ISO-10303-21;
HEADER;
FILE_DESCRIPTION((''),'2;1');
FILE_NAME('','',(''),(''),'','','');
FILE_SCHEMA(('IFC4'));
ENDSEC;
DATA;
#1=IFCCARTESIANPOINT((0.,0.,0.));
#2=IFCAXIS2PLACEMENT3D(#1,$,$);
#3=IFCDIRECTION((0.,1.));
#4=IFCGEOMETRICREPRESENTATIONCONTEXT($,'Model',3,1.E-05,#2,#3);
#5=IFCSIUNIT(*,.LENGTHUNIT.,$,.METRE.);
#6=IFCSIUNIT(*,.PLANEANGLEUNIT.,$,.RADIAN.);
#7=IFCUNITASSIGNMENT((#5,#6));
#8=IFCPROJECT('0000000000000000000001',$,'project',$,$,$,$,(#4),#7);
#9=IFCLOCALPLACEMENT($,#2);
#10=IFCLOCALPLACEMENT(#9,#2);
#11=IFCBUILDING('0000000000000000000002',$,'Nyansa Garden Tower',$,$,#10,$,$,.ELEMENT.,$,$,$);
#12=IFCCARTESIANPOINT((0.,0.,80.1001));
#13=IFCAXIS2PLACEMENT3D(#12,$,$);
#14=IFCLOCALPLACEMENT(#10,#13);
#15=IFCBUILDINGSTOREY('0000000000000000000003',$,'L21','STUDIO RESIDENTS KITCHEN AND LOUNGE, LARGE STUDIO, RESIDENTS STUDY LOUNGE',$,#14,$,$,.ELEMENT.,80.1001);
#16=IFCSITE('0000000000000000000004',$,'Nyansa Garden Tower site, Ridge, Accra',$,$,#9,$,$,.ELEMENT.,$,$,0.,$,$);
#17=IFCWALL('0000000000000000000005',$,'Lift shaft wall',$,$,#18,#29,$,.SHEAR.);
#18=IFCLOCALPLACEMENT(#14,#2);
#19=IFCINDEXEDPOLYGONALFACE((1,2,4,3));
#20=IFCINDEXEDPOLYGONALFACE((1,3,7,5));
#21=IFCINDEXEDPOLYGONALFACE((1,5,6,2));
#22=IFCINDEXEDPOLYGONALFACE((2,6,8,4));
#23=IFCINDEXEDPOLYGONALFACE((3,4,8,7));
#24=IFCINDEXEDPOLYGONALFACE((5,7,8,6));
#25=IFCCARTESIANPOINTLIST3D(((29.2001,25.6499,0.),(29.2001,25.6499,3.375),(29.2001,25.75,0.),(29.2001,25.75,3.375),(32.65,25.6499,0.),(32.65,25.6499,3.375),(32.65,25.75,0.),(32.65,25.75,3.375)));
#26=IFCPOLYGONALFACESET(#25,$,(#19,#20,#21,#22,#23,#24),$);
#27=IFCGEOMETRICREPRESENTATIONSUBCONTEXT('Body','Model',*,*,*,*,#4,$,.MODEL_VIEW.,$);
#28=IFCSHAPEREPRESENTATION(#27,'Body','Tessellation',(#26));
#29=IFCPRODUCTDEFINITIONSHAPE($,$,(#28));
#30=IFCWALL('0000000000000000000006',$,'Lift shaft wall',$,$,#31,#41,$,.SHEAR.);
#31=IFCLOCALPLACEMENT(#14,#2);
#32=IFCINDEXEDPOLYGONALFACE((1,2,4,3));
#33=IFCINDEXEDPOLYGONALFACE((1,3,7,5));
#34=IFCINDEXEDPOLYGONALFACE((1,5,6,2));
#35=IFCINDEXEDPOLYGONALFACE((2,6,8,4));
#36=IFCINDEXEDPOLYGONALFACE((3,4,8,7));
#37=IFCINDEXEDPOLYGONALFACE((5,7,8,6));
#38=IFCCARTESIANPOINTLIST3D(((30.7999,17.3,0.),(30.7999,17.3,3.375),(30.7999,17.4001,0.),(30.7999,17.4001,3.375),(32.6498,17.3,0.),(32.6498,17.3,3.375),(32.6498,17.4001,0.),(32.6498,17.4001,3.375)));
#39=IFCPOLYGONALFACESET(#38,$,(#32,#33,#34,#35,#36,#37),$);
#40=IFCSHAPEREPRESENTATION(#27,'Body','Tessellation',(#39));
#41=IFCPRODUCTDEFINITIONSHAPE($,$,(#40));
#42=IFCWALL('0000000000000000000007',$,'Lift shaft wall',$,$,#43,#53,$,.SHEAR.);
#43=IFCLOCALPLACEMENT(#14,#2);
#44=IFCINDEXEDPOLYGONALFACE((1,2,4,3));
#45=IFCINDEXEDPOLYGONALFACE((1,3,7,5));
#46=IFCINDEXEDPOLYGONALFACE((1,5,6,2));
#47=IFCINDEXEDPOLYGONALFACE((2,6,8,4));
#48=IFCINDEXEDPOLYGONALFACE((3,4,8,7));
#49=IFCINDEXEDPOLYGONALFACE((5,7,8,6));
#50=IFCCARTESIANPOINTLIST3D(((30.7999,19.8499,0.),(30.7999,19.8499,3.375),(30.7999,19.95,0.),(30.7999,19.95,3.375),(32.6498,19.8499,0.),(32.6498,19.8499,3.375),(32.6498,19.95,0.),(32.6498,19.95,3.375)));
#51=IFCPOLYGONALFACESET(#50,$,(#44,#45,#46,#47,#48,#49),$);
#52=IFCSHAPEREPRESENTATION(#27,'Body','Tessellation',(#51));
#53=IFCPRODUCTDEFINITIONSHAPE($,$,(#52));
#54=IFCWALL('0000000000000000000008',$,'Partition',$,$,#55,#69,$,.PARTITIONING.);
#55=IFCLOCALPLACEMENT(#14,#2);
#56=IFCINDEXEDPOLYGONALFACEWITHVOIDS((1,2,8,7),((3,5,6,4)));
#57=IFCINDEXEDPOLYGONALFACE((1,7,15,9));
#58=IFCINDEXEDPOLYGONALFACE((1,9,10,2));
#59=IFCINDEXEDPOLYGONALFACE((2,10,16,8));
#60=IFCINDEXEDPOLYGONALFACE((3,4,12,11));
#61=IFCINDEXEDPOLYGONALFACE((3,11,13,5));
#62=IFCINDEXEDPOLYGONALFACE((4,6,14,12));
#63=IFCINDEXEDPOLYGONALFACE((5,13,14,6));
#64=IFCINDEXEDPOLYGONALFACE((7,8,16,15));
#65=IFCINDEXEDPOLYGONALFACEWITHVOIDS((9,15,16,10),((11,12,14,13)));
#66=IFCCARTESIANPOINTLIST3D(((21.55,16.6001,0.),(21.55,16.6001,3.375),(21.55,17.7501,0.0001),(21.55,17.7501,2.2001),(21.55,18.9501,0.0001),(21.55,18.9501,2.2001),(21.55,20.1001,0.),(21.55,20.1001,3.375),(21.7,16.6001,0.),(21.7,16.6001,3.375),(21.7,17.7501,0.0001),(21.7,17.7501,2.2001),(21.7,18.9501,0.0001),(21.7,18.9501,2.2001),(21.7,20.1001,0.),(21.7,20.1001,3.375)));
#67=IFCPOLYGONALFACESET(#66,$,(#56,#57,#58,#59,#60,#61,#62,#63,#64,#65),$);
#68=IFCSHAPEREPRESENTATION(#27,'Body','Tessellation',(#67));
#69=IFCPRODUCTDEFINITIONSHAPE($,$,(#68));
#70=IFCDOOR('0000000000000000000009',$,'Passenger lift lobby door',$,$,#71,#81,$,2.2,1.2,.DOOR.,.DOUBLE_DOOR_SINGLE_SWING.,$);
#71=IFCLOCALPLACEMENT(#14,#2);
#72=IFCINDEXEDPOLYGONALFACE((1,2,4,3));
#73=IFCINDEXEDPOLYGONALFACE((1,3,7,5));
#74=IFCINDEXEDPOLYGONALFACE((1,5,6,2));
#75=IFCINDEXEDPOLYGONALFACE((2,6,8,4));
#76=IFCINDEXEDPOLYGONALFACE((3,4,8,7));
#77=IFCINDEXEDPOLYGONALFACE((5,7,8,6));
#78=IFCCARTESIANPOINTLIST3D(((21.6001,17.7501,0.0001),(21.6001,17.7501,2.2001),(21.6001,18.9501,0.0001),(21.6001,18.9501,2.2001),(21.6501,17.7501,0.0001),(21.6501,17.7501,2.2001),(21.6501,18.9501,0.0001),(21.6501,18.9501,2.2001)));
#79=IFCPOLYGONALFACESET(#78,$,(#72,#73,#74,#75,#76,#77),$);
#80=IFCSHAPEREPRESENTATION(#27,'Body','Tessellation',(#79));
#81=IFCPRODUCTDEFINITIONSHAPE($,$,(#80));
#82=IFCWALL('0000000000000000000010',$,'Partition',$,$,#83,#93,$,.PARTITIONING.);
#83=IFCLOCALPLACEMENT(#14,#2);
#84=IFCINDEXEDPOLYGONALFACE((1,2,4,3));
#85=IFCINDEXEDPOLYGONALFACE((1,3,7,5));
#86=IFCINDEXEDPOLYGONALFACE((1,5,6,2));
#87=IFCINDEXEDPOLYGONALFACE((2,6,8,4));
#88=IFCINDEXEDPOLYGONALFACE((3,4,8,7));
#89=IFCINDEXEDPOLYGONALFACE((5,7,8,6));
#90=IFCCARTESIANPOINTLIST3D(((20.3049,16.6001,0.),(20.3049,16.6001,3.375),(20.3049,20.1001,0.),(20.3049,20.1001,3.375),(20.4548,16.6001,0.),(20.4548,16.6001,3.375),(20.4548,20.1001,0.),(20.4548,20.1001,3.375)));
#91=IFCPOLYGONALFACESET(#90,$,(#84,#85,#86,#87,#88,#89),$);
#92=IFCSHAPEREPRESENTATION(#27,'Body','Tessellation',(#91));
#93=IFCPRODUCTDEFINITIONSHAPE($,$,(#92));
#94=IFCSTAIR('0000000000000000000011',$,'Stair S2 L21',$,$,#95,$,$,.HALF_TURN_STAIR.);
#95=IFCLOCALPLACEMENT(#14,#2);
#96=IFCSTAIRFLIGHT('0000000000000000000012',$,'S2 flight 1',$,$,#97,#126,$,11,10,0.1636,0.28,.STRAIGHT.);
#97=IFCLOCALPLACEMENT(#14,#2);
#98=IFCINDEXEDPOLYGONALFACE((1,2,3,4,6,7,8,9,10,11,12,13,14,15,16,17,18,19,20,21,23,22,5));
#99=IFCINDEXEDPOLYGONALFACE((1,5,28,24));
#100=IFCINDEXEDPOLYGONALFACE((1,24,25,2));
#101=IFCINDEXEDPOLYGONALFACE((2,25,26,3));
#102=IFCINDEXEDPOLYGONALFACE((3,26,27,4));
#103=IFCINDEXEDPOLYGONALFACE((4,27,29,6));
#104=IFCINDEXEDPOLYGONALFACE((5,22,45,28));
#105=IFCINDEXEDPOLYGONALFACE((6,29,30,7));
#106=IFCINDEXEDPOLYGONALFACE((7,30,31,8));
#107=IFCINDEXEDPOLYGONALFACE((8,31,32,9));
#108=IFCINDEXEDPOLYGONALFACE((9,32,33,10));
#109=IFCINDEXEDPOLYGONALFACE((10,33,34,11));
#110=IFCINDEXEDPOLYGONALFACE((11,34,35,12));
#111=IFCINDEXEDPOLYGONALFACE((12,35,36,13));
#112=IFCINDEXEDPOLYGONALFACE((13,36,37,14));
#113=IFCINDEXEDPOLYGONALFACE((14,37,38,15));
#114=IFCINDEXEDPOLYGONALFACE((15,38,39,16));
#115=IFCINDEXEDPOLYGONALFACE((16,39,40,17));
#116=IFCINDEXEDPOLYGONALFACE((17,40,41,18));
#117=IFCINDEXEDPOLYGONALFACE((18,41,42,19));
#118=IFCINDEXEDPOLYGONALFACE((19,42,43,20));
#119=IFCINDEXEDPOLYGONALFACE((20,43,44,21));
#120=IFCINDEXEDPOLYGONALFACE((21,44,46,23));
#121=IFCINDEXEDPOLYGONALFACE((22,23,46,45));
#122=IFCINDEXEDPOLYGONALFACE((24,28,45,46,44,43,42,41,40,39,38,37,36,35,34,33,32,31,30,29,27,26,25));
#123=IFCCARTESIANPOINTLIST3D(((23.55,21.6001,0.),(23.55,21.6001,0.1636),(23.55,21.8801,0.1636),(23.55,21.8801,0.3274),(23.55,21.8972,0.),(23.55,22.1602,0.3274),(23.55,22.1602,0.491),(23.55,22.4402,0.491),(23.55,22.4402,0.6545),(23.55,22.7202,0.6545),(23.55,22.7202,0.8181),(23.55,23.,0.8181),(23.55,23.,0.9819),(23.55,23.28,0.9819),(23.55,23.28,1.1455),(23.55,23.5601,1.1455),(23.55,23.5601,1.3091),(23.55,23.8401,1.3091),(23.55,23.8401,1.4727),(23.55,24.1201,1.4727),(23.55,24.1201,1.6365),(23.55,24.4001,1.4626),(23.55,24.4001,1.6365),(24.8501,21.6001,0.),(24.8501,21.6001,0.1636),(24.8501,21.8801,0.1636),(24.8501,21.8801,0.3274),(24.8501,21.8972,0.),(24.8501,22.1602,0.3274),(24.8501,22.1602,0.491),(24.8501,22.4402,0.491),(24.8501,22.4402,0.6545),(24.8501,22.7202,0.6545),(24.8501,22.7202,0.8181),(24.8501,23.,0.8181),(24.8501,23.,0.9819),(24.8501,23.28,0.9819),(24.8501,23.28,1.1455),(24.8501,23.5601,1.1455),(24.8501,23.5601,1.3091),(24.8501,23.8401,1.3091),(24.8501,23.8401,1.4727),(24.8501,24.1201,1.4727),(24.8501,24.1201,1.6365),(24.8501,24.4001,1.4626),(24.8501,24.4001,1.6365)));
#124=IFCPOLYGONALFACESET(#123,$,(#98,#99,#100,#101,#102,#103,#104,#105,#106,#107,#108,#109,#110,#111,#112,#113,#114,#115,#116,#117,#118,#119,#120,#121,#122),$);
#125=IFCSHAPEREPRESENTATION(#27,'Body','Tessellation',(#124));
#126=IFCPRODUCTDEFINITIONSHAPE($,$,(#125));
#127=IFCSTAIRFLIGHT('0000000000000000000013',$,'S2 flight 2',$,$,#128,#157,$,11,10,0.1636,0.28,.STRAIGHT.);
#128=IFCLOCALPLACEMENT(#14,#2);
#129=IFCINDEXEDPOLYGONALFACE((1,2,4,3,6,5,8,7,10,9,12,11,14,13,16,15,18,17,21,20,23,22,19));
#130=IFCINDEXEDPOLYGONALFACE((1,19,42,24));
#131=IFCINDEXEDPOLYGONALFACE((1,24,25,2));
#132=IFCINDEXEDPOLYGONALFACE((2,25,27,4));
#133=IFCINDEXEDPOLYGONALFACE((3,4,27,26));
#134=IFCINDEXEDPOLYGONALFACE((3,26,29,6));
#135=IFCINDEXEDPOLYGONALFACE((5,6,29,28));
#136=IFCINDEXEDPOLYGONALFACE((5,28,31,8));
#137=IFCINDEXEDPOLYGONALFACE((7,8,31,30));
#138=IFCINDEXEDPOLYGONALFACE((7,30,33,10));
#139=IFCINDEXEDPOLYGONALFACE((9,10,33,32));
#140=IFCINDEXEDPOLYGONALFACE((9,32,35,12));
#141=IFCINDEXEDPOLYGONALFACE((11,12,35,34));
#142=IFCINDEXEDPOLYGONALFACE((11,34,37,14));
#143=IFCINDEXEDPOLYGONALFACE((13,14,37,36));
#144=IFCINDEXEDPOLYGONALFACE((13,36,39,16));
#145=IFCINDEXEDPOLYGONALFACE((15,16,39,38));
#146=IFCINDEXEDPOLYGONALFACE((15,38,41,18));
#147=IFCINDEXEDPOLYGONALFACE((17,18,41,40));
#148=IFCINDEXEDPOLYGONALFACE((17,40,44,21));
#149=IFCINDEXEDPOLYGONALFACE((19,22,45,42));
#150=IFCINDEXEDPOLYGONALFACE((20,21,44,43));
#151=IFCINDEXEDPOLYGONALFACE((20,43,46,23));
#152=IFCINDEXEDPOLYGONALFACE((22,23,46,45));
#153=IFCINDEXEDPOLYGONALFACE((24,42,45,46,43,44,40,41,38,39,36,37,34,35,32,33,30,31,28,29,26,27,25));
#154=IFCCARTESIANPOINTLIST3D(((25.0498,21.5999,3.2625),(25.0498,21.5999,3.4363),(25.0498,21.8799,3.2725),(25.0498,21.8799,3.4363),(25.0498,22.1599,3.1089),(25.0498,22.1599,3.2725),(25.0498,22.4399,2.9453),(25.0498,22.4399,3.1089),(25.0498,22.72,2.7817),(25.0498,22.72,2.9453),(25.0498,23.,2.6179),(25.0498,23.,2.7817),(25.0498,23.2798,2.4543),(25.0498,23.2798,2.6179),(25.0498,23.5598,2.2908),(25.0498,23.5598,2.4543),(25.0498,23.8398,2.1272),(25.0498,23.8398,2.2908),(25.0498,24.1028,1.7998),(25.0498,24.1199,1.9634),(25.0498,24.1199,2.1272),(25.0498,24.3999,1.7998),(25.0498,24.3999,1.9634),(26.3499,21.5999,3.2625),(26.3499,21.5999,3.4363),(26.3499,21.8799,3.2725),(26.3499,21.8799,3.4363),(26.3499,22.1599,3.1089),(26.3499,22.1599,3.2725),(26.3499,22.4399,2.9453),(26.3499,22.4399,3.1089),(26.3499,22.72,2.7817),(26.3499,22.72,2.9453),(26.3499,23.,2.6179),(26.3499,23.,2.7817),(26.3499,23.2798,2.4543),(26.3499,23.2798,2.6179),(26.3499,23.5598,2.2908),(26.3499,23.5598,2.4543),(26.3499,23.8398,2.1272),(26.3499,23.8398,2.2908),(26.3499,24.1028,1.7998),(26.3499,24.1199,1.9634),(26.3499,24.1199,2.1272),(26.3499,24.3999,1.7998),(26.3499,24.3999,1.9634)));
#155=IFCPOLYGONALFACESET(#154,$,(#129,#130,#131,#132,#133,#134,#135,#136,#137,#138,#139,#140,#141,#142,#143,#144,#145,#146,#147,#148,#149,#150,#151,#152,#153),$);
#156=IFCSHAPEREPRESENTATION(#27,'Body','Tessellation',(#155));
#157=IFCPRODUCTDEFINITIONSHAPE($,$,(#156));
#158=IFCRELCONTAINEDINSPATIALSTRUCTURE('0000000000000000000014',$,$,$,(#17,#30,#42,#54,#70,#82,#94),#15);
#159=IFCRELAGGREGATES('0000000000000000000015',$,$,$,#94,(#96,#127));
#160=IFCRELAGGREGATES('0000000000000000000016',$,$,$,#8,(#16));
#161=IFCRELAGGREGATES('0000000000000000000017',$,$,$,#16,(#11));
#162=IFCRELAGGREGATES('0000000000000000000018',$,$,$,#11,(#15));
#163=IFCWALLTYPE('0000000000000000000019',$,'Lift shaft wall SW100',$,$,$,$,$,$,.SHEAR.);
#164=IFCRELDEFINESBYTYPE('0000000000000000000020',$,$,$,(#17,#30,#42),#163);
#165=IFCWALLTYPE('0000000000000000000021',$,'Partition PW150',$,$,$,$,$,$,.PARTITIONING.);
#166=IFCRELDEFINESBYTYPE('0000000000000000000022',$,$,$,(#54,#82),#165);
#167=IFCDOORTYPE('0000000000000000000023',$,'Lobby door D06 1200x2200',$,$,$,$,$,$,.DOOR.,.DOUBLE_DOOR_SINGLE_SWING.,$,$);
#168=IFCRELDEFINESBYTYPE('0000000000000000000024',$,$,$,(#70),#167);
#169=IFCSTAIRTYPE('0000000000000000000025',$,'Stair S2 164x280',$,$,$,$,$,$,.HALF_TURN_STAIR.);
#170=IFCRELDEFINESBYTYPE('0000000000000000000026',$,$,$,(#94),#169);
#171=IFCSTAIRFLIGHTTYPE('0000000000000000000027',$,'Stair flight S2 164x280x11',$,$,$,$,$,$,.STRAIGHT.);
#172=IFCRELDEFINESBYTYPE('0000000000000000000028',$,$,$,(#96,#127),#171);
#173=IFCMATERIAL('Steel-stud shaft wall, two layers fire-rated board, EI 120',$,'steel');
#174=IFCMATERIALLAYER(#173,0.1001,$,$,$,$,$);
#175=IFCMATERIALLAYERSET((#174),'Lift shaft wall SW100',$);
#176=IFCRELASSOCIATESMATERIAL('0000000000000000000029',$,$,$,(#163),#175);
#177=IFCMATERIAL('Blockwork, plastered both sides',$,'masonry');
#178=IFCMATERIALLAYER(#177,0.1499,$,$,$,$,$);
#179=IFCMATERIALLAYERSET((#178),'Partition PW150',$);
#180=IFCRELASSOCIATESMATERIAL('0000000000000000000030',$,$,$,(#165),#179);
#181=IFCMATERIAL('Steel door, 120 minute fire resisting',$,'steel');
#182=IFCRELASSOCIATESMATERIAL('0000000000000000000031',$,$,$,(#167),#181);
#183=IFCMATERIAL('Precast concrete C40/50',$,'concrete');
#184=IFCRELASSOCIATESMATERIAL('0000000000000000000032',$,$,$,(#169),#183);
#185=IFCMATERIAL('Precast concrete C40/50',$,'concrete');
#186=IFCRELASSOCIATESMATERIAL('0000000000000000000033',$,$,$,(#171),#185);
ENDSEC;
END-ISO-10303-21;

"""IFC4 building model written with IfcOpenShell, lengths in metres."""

from ifc_helpers import new_model, si_unit, direction, frame, frame_2d, origin, place, context, subcontext, project, spatial, polyline, rectangle, outline, extrude, material, layer, layer_set, type_object, element, fill, aggregate, save


model = new_model("IFC4")

# Units and contexts
model_context = context("Model", 3, precision=1e-05, world=origin(), true_north=direction((0.0, 1.0)))
body_context = subcontext(model_context, "Body", "Model", "MODEL_VIEW")
ifc_project = project(units=[si_unit("LENGTHUNIT", "METRE"), si_unit("PLANEANGLEUNIT", "RADIAN")], contexts=[model_context])

# Site, building, storey
site_placement = place(None, origin())
site = spatial("IfcSite", under=ifc_project, at=site_placement, Name="Nyansa Garden Tower site, Ridge, Accra", CompositionType="ELEMENT", RefElevation=0.0)
building_placement = place(site_placement, origin())
building = spatial("IfcBuilding", under=site, at=building_placement, Name="Nyansa Garden Tower", CompositionType="ELEMENT")
storey_placement = place(building_placement, frame((0.0, 0.0, 80.1001)))
storey = spatial("IfcBuildingStorey", under=building, at=storey_placement, Name="L21", Description="STUDIO RESIDENTS KITCHEN AND LOUNGE, LARGE STUDIO, RESIDENTS STUDY LOUNGE", CompositionType="ELEMENT", Elevation=80.1001)

# Walls
ifc_material_1 = material(Name="Steel-stud shaft wall, two layers fire-rated board, EI 120", Category="steel")
ifc_layer_1 = layer(ifc_material_1, 0.1001)
ifc_layer_set_1 = layer_set([ifc_layer_1], Name="Lift shaft wall SW100")
wall_type_1 = type_object("IfcWallType", Name="Lift shaft wall SW100", PredefinedType="SHEAR", material=ifc_layer_set_1)
wall_1_placement = place(storey_placement, frame((29.2, 25.7, 0.0), z_axis=(0.0, 0.0, 1.0), x_axis=(1.0, 0.0, 0.0)))
element("IfcWall", 1, at=wall_1_placement, inside=storey, type_object=wall_type_1, Name="Lift shaft wall", PredefinedType="SHEAR", context=body_context, shape_type="SweptSolid", body=[
    extrude(rectangle(XDim=3.45, YDim=0.1001, at=frame_2d((1.7251, 0.0))), origin(), (0.0, 0.0, 1.0), 3.375),
])
for number, where, z_axis, x_axis, name in (
    (2, (30.8, 17.3501, 0.0), (0.0, 0.0, 1.0), (1.0, 0.0, 0.0), "Lift shaft wall"),
    (3, (30.8, 19.8999, 0.0), (0.0, 0.0, 1.0), (1.0, 0.0, 0.0), "Lift shaft wall"),
):
    element("IfcWall", number, at=place(storey_placement, frame(where, z_axis=z_axis, x_axis=x_axis)), inside=storey, type_object=wall_type_1, Name=name, PredefinedType="SHEAR", context=body_context, shape_type="SweptSolid", body=[
        extrude(rectangle(XDim=1.8499, YDim=0.1001, at=frame_2d((0.9248, 0.0))), origin(), (0.0, 0.0, 1.0), 3.375),
    ])

# Wall, opening, door
ifc_material_2 = material(Name="Blockwork, plastered both sides", Category="masonry")
ifc_layer_2 = layer(ifc_material_2, 0.1499)
ifc_layer_set_2 = layer_set([ifc_layer_2], Name="Partition PW150")
wall_type_2 = type_object("IfcWallType", Name="Partition PW150", PredefinedType="PARTITIONING", material=ifc_layer_set_2)
wall_2_placement = place(storey_placement, frame((21.625, 16.6001, 0.0), z_axis=(0.0, 0.0, 1.0), x_axis=(0.0, 1.0, 0.0)))
wall_2 = element("IfcWall", 4, at=wall_2_placement, inside=storey, type_object=wall_type_2, Name="Partition", PredefinedType="PARTITIONING", context=body_context, shape_type="SweptSolid", body=[
    extrude(rectangle(XDim=3.5, YDim=0.1499, at=frame_2d((1.75, 0.0))), origin(), (0.0, 0.0, 1.0), 3.375),
])
opening_1_placement = place(wall_2_placement, frame((1.1499, 0.0, 0.0)))
opening_1 = element("IfcOpeningElement", 5, at=opening_1_placement, cuts=wall_2, PredefinedType="OPENING", context=body_context, shape_type="SweptSolid", body=[
    extrude(rectangle(XDim=1.2, YDim=2.2, at=frame_2d((0.6001, 1.1001))), frame((0.0, 0.085, 0.0), z_axis=(0.0, -1.0, 0.0), x_axis=(1.0, 0.0, 0.0)), (0.0, 0.0, 1.0), 0.1699),
])
ifc_material_3 = material(Name="Steel door, 120 minute fire resisting", Category="steel")
door_type_1 = type_object("IfcDoorType", Name="Lobby door D06 1200x2200", OperationType="DOUBLE_DOOR_SINGLE_SWING", PredefinedType="DOOR", material=ifc_material_3)
door_1_placement = place(opening_1_placement, origin())
door_1 = element("IfcDoor", 6, at=door_1_placement, inside=storey, type_object=door_type_1, Name="Passenger lift lobby door", OperationType="DOUBLE_DOOR_SINGLE_SWING", OverallHeight=2.2, OverallWidth=1.2, PredefinedType="DOOR", context=body_context, shape_type="SweptSolid", body=[
    extrude(rectangle(XDim=1.2, YDim=2.2, at=frame_2d((0.6001, 1.1001))), frame((0.0, 0.0249, 0.0), z_axis=(0.0, -1.0, 0.0), x_axis=(1.0, 0.0, 0.0)), (0.0, 0.0, 1.0), 0.05),
])
fill(opening_1, door_1)

# Wall
wall_3_placement = place(storey_placement, frame((20.3799, 16.6001, 0.0), z_axis=(0.0, 0.0, 1.0), x_axis=(0.0, 1.0, 0.0)))
element("IfcWall", 7, at=wall_3_placement, inside=storey, type_object=wall_type_2, Name="Partition", PredefinedType="PARTITIONING", context=body_context, shape_type="SweptSolid", body=[
    extrude(rectangle(XDim=3.5, YDim=0.1499, at=frame_2d((1.75, 0.0))), origin(), (0.0, 0.0, 1.0), 3.375),
])

# Stair, stair flights
ifc_material_4 = material(Name="Precast concrete C40/50", Category="concrete")
stair_type = type_object("IfcStairType", Name="Stair S2 164x280", PredefinedType="HALF_TURN_STAIR", material=ifc_material_4)
stair_placement = place(storey_placement, origin())
stair = element("IfcStair", 8, at=stair_placement, inside=storey, type_object=stair_type, Name="Stair S2 L21", PredefinedType="HALF_TURN_STAIR")
ifc_material_5 = material(Name="Precast concrete C40/50", Category="concrete")
stair_flight_type = type_object("IfcStairFlightType", Name="Stair flight S2 164x280x11", PredefinedType="STRAIGHT", material=ifc_material_5)
stair_flight_1_placement = place(storey_placement, frame((24.2, 21.6001, 0.0), z_axis=(0.0, 0.0, 1.0), x_axis=(0.0, 1.0, 0.0)))
stair_flight_1 = element("IfcStairFlight", 9, at=stair_flight_1_placement, type_object=stair_flight_type, Name="S2 flight 1", NumberOfRisers=11, NumberOfTreads=10, PredefinedType="STRAIGHT", RiserHeight=0.1636, TreadLength=0.28, context=body_context, shape_type="SweptSolid", body=[
    extrude(outline(polyline([(0.0, 0.0), (0.0, 0.1636), (0.28, 0.1636), (0.28, 0.3274), (0.5601, 0.3274), (0.5601, 0.491), (0.8401, 0.491), (0.8401, 0.6545), (1.1201, 0.6545), (1.1201, 0.8181), (1.3999, 0.8181), (1.3999, 0.9819), (1.6799, 0.9819), (1.6799, 1.1455), (1.96, 1.1455), (1.96, 1.3091), (2.24, 1.3091), (2.24, 1.4727), (2.52, 1.4727), (2.52, 1.6365), (2.8, 1.6365), (2.8, 1.8), (2.8, 1.4626), (0.2971, 0.0), (0.0, 0.0)])), frame((0.0, 0.6499, 0.0), z_axis=(0.0, -1.0, 0.0), x_axis=(1.0, 0.0, 0.0)), (0.0, 0.0, 1.0), 1.3),
])
stair_flight_2_placement = place(storey_placement, frame((25.7, 24.3999, 1.7998), z_axis=(0.0, 0.0, 1.0), x_axis=(0.0, -1.0, 0.0)))
stair_flight_2 = element("IfcStairFlight", 10, at=stair_flight_2_placement, type_object=stair_flight_type, Name="S2 flight 2", NumberOfRisers=11, NumberOfTreads=10, PredefinedType="STRAIGHT", RiserHeight=0.1636, TreadLength=0.28, context=body_context, shape_type="SweptSolid", body=[
    extrude(outline(polyline([(0.0, 0.0), (0.0, 0.1636), (0.28, 0.1636), (0.28, 0.3274), (0.5601, 0.3274), (0.5601, 0.491), (0.8401, 0.491), (0.8401, 0.6545), (1.1201, 0.6545), (1.1201, 0.8181), (1.3999, 0.8181), (1.3999, 0.9819), (1.6799, 0.9819), (1.6799, 1.1455), (1.96, 1.1455), (1.96, 1.3091), (2.24, 1.3091), (2.24, 1.4727), (2.52, 1.4727), (2.52, 1.6365), (2.8, 1.6365), (2.8, 1.8), (2.8, 1.4626), (0.2971, 0.0), (0.0, 0.0)])), frame((0.0, 0.6499, 0.0), z_axis=(0.0, -1.0, 0.0), x_axis=(1.0, 0.0, 0.0)), (0.0, 0.0, 1.0), 1.3),
])
aggregate(stair, [stair_flight_1, stair_flight_2])

save(model, "model.ifc")
